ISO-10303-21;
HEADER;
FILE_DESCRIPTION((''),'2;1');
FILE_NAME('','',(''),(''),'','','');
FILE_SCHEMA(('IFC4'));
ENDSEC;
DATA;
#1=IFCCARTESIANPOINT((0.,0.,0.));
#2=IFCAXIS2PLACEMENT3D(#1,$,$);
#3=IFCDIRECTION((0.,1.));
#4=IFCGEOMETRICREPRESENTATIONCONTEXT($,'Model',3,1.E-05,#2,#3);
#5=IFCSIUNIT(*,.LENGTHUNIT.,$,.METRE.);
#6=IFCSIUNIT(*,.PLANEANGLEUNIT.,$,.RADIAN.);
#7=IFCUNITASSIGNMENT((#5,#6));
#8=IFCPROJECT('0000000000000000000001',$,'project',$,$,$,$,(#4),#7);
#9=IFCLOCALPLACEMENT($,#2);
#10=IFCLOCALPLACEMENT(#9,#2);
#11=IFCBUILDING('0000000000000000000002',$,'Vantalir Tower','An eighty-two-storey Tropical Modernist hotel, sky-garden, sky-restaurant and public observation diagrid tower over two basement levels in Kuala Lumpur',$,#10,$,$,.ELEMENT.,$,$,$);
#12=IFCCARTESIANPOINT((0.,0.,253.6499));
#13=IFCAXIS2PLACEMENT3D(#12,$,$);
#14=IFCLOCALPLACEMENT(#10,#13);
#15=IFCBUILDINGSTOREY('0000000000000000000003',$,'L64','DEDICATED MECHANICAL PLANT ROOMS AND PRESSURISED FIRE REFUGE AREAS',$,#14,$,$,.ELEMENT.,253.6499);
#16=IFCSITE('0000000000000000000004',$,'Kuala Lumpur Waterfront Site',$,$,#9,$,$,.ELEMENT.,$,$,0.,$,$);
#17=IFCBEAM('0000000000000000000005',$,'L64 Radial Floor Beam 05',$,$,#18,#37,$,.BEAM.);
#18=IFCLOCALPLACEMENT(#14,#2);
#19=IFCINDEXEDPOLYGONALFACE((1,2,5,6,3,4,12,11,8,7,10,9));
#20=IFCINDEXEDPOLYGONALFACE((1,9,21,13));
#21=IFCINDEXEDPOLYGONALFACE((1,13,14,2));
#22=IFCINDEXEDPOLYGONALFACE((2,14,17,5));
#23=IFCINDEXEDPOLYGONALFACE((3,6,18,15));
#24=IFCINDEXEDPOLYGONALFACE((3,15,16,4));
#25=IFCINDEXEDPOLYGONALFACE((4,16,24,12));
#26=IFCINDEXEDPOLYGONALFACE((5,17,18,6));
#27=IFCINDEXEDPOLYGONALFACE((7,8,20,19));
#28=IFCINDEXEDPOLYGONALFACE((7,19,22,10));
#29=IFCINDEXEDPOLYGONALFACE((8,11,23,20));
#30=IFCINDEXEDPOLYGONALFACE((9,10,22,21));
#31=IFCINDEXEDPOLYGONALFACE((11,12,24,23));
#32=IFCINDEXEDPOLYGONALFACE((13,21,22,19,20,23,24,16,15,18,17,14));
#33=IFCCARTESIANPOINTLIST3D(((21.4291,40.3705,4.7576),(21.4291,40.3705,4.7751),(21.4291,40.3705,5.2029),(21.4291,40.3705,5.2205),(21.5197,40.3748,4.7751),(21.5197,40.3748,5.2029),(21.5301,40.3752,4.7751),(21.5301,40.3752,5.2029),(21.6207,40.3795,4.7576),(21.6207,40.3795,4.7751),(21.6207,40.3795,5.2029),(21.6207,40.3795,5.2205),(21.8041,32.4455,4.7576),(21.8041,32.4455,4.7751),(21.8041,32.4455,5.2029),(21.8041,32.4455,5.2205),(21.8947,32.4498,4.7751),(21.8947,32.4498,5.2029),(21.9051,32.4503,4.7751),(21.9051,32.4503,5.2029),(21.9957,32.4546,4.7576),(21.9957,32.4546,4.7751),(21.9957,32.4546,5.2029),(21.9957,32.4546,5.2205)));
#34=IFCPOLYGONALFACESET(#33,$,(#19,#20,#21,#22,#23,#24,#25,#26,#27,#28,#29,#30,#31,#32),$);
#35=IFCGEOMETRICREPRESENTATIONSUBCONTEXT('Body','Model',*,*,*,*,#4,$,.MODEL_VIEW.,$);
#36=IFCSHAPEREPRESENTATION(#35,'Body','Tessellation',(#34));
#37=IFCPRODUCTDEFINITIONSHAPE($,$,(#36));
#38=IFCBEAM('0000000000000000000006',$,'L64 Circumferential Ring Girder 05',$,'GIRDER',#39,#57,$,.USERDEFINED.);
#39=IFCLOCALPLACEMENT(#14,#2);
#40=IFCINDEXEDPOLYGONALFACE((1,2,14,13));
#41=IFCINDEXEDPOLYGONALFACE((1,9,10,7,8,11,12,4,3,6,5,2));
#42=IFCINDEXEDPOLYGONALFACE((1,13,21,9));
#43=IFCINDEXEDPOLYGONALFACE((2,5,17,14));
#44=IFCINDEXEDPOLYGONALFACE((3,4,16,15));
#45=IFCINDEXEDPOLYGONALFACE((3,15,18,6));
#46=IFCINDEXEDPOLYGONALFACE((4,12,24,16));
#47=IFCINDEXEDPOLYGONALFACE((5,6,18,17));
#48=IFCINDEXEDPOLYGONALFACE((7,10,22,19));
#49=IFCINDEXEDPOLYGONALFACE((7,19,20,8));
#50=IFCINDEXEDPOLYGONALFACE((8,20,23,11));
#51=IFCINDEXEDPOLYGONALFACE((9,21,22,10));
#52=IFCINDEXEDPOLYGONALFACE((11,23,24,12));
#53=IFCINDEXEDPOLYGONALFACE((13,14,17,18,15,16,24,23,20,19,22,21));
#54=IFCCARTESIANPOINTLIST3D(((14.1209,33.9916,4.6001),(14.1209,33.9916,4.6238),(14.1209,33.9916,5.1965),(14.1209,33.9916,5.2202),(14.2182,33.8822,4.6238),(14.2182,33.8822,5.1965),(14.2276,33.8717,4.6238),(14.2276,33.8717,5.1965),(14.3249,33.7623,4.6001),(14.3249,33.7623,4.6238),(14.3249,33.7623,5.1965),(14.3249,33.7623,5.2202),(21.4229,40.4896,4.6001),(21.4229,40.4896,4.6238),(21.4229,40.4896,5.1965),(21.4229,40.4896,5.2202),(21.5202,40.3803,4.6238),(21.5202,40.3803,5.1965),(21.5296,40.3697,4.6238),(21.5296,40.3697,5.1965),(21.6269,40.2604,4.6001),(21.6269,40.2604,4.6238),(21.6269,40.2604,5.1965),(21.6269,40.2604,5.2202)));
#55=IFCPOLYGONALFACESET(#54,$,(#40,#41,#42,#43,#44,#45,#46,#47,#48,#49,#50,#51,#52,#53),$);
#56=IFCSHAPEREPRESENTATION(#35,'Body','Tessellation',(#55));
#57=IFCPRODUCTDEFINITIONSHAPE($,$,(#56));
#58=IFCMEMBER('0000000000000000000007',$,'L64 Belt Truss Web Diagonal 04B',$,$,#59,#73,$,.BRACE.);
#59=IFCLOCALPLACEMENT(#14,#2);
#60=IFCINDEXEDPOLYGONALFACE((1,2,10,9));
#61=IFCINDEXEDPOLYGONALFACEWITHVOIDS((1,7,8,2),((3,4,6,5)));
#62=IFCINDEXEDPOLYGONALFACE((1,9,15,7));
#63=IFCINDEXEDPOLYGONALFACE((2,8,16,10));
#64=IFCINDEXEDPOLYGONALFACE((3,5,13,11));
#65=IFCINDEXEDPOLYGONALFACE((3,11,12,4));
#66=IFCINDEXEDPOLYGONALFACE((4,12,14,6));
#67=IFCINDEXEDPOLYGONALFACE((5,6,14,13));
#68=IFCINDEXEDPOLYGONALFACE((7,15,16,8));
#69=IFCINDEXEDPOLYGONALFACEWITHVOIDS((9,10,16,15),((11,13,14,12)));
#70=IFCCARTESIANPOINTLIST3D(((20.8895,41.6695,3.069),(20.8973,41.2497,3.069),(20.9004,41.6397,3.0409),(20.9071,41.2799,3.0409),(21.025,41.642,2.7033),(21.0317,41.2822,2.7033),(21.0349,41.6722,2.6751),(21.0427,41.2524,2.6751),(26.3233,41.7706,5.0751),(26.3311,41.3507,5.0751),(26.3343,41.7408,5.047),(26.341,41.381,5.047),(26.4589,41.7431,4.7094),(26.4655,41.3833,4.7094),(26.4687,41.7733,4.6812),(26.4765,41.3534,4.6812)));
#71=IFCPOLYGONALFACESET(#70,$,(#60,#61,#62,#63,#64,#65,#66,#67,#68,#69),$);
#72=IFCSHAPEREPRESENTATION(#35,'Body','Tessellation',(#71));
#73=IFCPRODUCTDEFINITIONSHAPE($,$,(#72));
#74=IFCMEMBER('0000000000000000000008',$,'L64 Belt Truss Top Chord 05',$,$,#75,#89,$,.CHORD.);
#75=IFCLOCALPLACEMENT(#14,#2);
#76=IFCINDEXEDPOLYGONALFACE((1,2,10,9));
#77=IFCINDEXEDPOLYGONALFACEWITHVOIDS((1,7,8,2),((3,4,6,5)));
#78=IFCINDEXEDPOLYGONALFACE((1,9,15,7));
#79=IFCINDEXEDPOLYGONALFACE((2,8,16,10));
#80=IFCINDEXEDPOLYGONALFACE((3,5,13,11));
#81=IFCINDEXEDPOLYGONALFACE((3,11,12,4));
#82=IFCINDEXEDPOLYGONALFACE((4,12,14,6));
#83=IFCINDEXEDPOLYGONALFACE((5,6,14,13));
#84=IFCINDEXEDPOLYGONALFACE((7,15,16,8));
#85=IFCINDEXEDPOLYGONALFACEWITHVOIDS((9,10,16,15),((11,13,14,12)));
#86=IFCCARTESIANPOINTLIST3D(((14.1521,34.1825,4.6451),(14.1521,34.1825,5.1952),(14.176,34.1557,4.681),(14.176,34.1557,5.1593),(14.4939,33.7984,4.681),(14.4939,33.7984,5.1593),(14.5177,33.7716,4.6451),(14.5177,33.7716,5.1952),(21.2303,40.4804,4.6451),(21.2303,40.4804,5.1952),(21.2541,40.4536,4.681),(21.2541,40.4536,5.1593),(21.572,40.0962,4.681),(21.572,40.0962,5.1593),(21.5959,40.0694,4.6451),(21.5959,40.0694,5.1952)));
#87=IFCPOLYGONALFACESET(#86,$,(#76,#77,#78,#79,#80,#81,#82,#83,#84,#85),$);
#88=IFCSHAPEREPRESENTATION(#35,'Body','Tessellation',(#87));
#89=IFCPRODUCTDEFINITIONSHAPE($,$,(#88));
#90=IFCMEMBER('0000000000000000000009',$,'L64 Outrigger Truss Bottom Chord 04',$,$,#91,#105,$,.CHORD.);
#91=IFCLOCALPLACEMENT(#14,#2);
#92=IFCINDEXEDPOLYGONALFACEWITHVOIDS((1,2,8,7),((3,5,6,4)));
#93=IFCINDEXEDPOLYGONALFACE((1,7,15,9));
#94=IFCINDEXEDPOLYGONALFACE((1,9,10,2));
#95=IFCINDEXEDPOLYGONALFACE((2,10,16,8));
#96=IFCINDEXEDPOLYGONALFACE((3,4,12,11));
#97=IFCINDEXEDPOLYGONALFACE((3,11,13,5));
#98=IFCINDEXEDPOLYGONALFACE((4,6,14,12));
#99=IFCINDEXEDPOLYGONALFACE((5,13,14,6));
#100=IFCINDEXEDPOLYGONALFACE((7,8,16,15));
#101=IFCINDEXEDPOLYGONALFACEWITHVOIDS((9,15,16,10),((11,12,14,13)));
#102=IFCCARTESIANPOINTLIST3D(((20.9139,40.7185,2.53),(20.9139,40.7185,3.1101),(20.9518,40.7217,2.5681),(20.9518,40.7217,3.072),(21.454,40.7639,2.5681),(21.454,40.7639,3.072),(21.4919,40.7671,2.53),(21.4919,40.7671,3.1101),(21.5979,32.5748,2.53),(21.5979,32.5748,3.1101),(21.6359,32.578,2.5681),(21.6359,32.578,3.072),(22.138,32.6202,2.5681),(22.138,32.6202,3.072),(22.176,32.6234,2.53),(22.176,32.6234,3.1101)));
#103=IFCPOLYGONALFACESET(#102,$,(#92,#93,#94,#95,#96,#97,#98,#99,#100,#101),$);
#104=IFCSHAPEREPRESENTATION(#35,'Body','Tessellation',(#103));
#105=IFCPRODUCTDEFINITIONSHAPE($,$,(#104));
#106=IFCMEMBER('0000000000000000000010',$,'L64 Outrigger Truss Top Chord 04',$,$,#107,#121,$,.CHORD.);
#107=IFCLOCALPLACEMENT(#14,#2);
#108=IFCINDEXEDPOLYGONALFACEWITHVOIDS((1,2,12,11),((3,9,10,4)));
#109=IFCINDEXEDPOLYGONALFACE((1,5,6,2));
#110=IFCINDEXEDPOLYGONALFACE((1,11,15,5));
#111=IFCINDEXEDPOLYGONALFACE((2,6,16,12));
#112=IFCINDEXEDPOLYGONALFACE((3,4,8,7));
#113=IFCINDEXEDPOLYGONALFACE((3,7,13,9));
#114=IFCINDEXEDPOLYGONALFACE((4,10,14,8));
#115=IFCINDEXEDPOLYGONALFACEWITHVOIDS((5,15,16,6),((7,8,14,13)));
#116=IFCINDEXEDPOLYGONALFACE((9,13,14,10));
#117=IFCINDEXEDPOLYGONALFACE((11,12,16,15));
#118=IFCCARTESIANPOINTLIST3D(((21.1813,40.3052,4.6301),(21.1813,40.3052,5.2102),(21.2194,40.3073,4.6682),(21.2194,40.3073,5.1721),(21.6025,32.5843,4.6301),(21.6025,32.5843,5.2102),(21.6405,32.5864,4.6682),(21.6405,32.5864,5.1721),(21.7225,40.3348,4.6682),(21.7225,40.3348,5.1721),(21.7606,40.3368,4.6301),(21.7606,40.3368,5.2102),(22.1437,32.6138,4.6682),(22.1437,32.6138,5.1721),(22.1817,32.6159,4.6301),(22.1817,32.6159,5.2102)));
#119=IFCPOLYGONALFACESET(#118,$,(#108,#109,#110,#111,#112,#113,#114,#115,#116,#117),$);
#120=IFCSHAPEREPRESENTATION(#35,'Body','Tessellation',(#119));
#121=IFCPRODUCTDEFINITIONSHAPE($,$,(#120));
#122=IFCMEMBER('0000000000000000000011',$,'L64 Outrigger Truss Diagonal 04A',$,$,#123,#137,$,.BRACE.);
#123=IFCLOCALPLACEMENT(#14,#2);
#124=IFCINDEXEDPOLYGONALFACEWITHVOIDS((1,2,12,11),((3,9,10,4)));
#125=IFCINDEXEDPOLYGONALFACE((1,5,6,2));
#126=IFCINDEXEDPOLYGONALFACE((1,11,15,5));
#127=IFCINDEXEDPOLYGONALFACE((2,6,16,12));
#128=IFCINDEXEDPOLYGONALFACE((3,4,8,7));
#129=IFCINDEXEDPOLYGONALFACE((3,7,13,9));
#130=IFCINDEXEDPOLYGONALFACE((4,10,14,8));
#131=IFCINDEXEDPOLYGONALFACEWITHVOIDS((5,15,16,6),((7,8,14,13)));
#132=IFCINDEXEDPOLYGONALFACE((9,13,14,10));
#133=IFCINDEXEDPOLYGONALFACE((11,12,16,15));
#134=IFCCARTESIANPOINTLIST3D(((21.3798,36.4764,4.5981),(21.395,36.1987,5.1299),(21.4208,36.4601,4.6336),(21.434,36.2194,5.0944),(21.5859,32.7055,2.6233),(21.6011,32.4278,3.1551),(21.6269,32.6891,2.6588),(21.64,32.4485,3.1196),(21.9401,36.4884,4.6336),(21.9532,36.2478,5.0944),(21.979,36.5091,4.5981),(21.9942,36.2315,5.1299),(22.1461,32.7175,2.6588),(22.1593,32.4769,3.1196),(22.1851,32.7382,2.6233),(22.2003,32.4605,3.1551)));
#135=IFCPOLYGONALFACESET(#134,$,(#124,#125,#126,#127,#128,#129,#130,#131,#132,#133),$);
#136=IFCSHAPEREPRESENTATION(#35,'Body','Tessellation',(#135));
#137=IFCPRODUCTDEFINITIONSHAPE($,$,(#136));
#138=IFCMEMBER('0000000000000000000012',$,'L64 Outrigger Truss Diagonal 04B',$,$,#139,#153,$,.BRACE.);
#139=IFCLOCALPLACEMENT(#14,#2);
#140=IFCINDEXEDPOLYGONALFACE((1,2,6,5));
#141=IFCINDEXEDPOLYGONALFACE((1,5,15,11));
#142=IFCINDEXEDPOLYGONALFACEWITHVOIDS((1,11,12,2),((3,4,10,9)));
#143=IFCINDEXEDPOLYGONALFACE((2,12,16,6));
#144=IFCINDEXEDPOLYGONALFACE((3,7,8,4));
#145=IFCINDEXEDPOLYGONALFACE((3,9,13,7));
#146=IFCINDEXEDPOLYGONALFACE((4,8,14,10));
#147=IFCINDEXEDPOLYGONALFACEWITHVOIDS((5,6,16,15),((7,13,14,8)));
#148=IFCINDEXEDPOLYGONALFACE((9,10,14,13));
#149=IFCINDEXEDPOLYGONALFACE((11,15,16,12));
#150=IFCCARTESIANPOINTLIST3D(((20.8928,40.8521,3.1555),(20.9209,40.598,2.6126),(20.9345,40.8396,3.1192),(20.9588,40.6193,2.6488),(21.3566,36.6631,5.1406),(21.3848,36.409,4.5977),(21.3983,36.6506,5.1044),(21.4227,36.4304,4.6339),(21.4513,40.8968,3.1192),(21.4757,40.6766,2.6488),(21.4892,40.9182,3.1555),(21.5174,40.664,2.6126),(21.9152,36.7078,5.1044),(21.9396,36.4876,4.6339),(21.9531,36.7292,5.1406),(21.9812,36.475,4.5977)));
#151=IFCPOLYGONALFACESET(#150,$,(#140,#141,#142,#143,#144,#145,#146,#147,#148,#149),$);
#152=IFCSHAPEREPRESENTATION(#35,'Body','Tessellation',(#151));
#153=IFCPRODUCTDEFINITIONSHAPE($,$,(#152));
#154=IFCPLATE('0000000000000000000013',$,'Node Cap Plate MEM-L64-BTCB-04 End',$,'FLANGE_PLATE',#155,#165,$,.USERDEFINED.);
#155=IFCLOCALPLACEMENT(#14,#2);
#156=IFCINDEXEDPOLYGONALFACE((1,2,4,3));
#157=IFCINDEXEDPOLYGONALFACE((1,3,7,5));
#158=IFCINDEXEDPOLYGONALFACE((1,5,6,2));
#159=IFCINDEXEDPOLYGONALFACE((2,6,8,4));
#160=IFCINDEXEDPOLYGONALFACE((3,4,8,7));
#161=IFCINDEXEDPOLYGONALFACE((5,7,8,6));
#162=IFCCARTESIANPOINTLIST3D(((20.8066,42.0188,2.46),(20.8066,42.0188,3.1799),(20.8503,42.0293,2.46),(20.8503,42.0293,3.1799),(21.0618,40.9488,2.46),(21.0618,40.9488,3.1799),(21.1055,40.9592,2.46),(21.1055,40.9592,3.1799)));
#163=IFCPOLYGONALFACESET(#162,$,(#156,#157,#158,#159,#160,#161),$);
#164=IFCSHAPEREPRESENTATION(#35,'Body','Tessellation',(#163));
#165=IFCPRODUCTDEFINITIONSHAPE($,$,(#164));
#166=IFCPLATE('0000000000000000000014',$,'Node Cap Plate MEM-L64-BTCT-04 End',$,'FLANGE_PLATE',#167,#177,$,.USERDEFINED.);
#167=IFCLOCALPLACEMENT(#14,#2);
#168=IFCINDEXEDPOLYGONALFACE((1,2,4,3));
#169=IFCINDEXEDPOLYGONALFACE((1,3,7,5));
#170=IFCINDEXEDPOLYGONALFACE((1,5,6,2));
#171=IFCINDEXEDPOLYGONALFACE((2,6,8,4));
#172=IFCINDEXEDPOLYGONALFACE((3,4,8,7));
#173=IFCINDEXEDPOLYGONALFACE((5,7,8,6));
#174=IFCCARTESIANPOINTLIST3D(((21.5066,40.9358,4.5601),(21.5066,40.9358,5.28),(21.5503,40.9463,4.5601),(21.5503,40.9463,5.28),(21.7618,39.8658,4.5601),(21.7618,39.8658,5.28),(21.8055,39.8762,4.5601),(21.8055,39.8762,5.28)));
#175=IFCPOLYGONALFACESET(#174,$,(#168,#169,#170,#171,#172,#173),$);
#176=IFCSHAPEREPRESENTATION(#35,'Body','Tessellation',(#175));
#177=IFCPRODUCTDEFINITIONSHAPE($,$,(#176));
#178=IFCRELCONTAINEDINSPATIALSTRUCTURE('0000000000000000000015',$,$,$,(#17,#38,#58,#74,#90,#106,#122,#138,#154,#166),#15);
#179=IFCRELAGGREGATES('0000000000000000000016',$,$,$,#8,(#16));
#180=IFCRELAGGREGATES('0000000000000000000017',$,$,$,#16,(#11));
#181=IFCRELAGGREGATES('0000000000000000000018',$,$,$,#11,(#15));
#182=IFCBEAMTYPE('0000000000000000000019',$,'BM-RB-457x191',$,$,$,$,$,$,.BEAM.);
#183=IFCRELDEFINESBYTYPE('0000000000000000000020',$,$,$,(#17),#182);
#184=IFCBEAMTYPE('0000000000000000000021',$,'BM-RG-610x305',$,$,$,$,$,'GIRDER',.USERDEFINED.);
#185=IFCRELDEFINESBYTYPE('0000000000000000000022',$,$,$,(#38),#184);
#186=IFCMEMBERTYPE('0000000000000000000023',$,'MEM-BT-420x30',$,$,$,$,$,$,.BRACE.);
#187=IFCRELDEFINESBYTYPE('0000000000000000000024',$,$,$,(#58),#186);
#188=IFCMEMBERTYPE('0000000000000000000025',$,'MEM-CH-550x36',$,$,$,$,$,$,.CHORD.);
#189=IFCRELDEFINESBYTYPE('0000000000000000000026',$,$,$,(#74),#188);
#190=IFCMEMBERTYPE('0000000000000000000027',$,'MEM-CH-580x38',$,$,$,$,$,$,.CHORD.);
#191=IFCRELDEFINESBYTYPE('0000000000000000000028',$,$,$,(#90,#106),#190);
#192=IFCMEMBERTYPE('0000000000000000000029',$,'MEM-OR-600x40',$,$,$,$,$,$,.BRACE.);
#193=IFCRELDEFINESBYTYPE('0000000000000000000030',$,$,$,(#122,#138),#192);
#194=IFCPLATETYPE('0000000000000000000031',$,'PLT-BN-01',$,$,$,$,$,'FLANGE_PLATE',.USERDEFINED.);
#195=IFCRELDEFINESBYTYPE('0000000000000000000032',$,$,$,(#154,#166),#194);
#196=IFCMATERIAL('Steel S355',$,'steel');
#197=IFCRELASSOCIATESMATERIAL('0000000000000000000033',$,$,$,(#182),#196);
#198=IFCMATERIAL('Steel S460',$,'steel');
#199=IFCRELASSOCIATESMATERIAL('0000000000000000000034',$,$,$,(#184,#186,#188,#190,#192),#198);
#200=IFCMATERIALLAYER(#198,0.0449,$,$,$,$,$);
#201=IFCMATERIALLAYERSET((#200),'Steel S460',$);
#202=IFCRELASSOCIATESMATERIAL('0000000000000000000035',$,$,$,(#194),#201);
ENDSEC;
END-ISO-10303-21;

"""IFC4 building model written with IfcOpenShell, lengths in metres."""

from ifc_helpers import new_model, si_unit, direction, frame, origin, origin_2d, place, context, subcontext, project, spatial, rectangle, hollow_rectangle, i_section, extrude, material, layer, layer_set, material_profile, profile_set, type_object, element, save


model = new_model("IFC4")

# Units and contexts
model_context = context("Model", 3, precision=1e-05, world=origin(), true_north=direction((0.0, 1.0)))
body_context = subcontext(model_context, "Body", "Model", "MODEL_VIEW")
ifc_project = project(units=[si_unit("LENGTHUNIT", "METRE"), si_unit("PLANEANGLEUNIT", "RADIAN")], contexts=[model_context])

# Site, building, storey
site_placement = place(None, origin())
site = spatial("IfcSite", under=ifc_project, at=site_placement, Name="Kuala Lumpur Waterfront Site", CompositionType="ELEMENT", RefElevation=0.0)
building_placement = place(site_placement, origin())
building = spatial("IfcBuilding", under=site, at=building_placement, Name="Vantalir Tower", Description="An eighty-two-storey Tropical Modernist hotel, sky-garden, sky-restaurant and public observation diagrid tower over two basement levels in Kuala Lumpur", CompositionType="ELEMENT")
storey_placement = place(building_placement, frame((0.0, 0.0, 253.6499)))
storey = spatial("IfcBuildingStorey", under=building, at=storey_placement, Name="L64", Description="DEDICATED MECHANICAL PLANT ROOMS AND PRESSURISED FIRE REFUGE AREAS", CompositionType="ELEMENT", Elevation=253.6499)

# Beams
ifc_material_1 = material(Name="Steel S355", Category="steel")
ifc_material_profile_1 = material_profile(ifc_material_1, i_section(OverallWidth=0.1919, OverallDepth=0.4629, WebThickness=0.0105, FlangeThickness=0.0176, at=origin_2d()), Name="Steel S355")
ifc_profile_set_1 = profile_set([ifc_material_profile_1], Name="Steel S355")
beam_type_1 = type_object("IfcBeamType", Name="BM-RB-457x191", PredefinedType="BEAM", material=ifc_profile_set_1)
beam_1_placement = place(storey_placement, frame((21.5249, 40.375, 4.989), z_axis=(0.047265, -0.998882, 0.0), x_axis=(0.998882, 0.047265, 0.0)))
element("IfcBeam", 1, at=beam_1_placement, inside=storey, type_object=beam_type_1, Name="L64 Radial Floor Beam 05", PredefinedType="BEAM", context=body_context, shape_type="SweptSolid", body=[
    extrude(i_section(OverallWidth=0.1919, OverallDepth=0.4629, WebThickness=0.0105, FlangeThickness=0.0176, at=origin_2d()), origin(), (0.0, 0.0, 1.0), 7.9338),
])
ifc_material_2 = material(Name="Steel S460", Category="steel")
ifc_material_profile_2 = material_profile(ifc_material_2, i_section(OverallWidth=0.3069, OverallDepth=0.6201, WebThickness=0.0142, FlangeThickness=0.0237, at=origin_2d()), Name="Steel S460")
ifc_profile_set_2 = profile_set([ifc_material_profile_2], Name="Steel S460")
beam_type_2 = type_object("IfcBeamType", Name="BM-RG-610x305", ElementType="GIRDER", PredefinedType="USERDEFINED", material=ifc_profile_set_2)
beam_2_placement = place(storey_placement, frame((21.5249, 40.375, 4.9102), z_axis=(-0.747034, -0.664785, 0.0), x_axis=(0.664785, -0.747034, 0.0)))
element("IfcBeam", 2, at=beam_2_placement, inside=storey, type_object=beam_type_2, Name="L64 Circumferential Ring Girder 05", ObjectType="GIRDER", PredefinedType="USERDEFINED", context=body_context, shape_type="SweptSolid", body=[
    extrude(i_section(OverallWidth=0.3069, OverallDepth=0.6201, WebThickness=0.0142, FlangeThickness=0.0237, at=origin_2d()), origin(), (0.0, 0.0, 1.0), 9.7747),
])

# Members
ifc_material_profile_3 = material_profile(ifc_material_2, hollow_rectangle(XDim=0.4199, YDim=0.4199, WallThickness=0.03, at=origin_2d()), Name="Steel S460")
ifc_profile_set_3 = profile_set([ifc_material_profile_3], Name="Steel S460")
member_type_1 = type_object("IfcMemberType", Name="MEM-BT-420x30", PredefinedType="BRACE", material=ifc_profile_set_3)
member_1_placement = place(storey_placement, frame((20.9661, 41.4609, 2.8721), z_axis=(0.937967, 0.017447, 0.346285), x_axis=(-0.018598, 0.999827, 0.0)))
element("IfcMember", 3, at=member_1_placement, inside=storey, type_object=member_type_1, Name="L64 Belt Truss Web Diagonal 04B", PredefinedType="BRACE", context=body_context, shape_type="SweptSolid", body=[
    extrude(hollow_rectangle(XDim=0.4199, YDim=0.4199, WallThickness=0.03, at=origin_2d()), origin(), (0.0, 0.0, 1.0), 5.7932),
])
ifc_material_profile_4 = material_profile(ifc_material_2, hollow_rectangle(XDim=0.55, YDim=0.55, WallThickness=0.0359, at=origin_2d()), Name="Steel S460")
ifc_profile_set_4 = profile_set([ifc_material_profile_4], Name="Steel S460")
member_type_2 = type_object("IfcMemberType", Name="MEM-CH-550x36", PredefinedType="CHORD", material=ifc_profile_set_4)
member_2_placement = place(storey_placement, frame((21.4131, 40.2749, 4.9202), z_axis=(-0.747085, -0.664728, 0.0), x_axis=(0.664728, -0.747085, 0.0)))
element("IfcMember", 4, at=member_2_placement, inside=storey, type_object=member_type_2, Name="L64 Belt Truss Top Chord 05", PredefinedType="CHORD", context=body_context, shape_type="SweptSolid", body=[
    extrude(hollow_rectangle(XDim=0.55, YDim=0.55, WallThickness=0.0359, at=origin_2d()), origin(), (0.0, 0.0, 1.0), 9.4744),
])
ifc_material_profile_5 = material_profile(ifc_material_2, hollow_rectangle(XDim=0.5801, YDim=0.5801, WallThickness=0.0381, at=origin_2d()), Name="Steel S460")
ifc_profile_set_5 = profile_set([ifc_material_profile_5], Name="Steel S460")
member_type_3 = type_object("IfcMemberType", Name="MEM-CH-580x38", PredefinedType="CHORD", material=ifc_profile_set_5)
member_3_placement = place(storey_placement, frame((21.887, 32.5991, 2.8201), z_axis=(-0.083706, 0.996491, 0.0), x_axis=(-0.996491, -0.083706, 0.0)))
element("IfcMember", 5, at=member_3_placement, inside=storey, type_object=member_type_3, Name="L64 Outrigger Truss Bottom Chord 04", PredefinedType="CHORD", context=body_context, shape_type="SweptSolid", body=[
    extrude(hollow_rectangle(XDim=0.5801, YDim=0.5801, WallThickness=0.0381, at=origin_2d()), origin(), (0.0, 0.0, 1.0), 8.1724),
])
member_4_placement = place(storey_placement, frame((21.8921, 32.6001, 4.9202), z_axis=(-0.054464, 0.998516, 0.0), x_axis=(-0.998516, -0.054464, 0.0)))
element("IfcMember", 6, at=member_4_placement, inside=storey, type_object=member_type_3, Name="L64 Outrigger Truss Top Chord 04", PredefinedType="CHORD", context=body_context, shape_type="SweptSolid", body=[
    extrude(hollow_rectangle(XDim=0.5801, YDim=0.5801, WallThickness=0.0381, at=origin_2d()), origin(), (0.0, 0.0, 1.0), 7.7324),
])
ifc_material_profile_6 = material_profile(ifc_material_2, hollow_rectangle(XDim=0.6001, YDim=0.6001, WallThickness=0.04, at=origin_2d()), Name="Steel S460")
ifc_profile_set_6 = profile_set([ifc_material_profile_6], Name="Steel S460")
member_type_4 = type_object("IfcMemberType", Name="MEM-OR-600x40", PredefinedType="BRACE", material=ifc_profile_set_6)
member_5_placement = place(storey_placement, frame((21.8931, 32.583, 2.8892), z_axis=(-0.048349, 0.884837, 0.463385), x_axis=(-0.99851, -0.054561, 0.0)))
element("IfcMember", 7, at=member_5_placement, inside=storey, type_object=member_type_4, Name="L64 Outrigger Truss Diagonal 04A", PredefinedType="BRACE", context=body_context, shape_type="SweptSolid", body=[
    extrude(hollow_rectangle(XDim=0.6001, YDim=0.6001, WallThickness=0.04, at=origin_2d()), origin(), (0.0, 0.0, 1.0), 4.2617),
])
member_6_placement = place(storey_placement, frame((21.6689, 36.5691, 4.8691), z_axis=(-0.099571, 0.899175, -0.42611), x_axis=(-0.993925, -0.110063, 0.0)))
element("IfcMember", 8, at=member_6_placement, inside=storey, type_object=member_type_4, Name="L64 Outrigger Truss Diagonal 04B", PredefinedType="BRACE", context=body_context, shape_type="SweptSolid", body=[
    extrude(hollow_rectangle(XDim=0.6001, YDim=0.6001, WallThickness=0.04, at=origin_2d()), origin(), (0.0, 0.0, 1.0), 4.6587),
])

# Plates
ifc_layer_1 = layer(ifc_material_2, 0.0449)
ifc_layer_set_1 = layer_set([ifc_layer_1], Name="Steel S460")
plate_type_1 = type_object("IfcPlateType", Name="PLT-BN-01", ElementType="FLANGE_PLATE", PredefinedType="USERDEFINED", material=ifc_layer_set_1)
for number, where, z_axis, x_axis, name in (
    (9, (20.9561, 41.489, 2.46), (0.0, 0.0, 1.0), (-0.972715, -0.232003, 0.0), "Node Cap Plate MEM-L64-BTCB-04 End"),
    (10, (21.656, 40.406, 4.5601), (0.0, 0.0, 1.0), (-0.972719, -0.231986, 0.0), "Node Cap Plate MEM-L64-BTCT-04 End"),
):
    element("IfcPlate", number, at=place(storey_placement, frame(where, z_axis=z_axis, x_axis=x_axis)), inside=storey, type_object=plate_type_1, Name=name, ObjectType="FLANGE_PLATE", PredefinedType="USERDEFINED", context=body_context, shape_type="SweptSolid", body=[
        extrude(rectangle(XDim=0.0449, YDim=1.1001, at=origin_2d()), origin(), (0.0, 0.0, 1.0), 0.72),
    ])

save(model, "model.ifc")
